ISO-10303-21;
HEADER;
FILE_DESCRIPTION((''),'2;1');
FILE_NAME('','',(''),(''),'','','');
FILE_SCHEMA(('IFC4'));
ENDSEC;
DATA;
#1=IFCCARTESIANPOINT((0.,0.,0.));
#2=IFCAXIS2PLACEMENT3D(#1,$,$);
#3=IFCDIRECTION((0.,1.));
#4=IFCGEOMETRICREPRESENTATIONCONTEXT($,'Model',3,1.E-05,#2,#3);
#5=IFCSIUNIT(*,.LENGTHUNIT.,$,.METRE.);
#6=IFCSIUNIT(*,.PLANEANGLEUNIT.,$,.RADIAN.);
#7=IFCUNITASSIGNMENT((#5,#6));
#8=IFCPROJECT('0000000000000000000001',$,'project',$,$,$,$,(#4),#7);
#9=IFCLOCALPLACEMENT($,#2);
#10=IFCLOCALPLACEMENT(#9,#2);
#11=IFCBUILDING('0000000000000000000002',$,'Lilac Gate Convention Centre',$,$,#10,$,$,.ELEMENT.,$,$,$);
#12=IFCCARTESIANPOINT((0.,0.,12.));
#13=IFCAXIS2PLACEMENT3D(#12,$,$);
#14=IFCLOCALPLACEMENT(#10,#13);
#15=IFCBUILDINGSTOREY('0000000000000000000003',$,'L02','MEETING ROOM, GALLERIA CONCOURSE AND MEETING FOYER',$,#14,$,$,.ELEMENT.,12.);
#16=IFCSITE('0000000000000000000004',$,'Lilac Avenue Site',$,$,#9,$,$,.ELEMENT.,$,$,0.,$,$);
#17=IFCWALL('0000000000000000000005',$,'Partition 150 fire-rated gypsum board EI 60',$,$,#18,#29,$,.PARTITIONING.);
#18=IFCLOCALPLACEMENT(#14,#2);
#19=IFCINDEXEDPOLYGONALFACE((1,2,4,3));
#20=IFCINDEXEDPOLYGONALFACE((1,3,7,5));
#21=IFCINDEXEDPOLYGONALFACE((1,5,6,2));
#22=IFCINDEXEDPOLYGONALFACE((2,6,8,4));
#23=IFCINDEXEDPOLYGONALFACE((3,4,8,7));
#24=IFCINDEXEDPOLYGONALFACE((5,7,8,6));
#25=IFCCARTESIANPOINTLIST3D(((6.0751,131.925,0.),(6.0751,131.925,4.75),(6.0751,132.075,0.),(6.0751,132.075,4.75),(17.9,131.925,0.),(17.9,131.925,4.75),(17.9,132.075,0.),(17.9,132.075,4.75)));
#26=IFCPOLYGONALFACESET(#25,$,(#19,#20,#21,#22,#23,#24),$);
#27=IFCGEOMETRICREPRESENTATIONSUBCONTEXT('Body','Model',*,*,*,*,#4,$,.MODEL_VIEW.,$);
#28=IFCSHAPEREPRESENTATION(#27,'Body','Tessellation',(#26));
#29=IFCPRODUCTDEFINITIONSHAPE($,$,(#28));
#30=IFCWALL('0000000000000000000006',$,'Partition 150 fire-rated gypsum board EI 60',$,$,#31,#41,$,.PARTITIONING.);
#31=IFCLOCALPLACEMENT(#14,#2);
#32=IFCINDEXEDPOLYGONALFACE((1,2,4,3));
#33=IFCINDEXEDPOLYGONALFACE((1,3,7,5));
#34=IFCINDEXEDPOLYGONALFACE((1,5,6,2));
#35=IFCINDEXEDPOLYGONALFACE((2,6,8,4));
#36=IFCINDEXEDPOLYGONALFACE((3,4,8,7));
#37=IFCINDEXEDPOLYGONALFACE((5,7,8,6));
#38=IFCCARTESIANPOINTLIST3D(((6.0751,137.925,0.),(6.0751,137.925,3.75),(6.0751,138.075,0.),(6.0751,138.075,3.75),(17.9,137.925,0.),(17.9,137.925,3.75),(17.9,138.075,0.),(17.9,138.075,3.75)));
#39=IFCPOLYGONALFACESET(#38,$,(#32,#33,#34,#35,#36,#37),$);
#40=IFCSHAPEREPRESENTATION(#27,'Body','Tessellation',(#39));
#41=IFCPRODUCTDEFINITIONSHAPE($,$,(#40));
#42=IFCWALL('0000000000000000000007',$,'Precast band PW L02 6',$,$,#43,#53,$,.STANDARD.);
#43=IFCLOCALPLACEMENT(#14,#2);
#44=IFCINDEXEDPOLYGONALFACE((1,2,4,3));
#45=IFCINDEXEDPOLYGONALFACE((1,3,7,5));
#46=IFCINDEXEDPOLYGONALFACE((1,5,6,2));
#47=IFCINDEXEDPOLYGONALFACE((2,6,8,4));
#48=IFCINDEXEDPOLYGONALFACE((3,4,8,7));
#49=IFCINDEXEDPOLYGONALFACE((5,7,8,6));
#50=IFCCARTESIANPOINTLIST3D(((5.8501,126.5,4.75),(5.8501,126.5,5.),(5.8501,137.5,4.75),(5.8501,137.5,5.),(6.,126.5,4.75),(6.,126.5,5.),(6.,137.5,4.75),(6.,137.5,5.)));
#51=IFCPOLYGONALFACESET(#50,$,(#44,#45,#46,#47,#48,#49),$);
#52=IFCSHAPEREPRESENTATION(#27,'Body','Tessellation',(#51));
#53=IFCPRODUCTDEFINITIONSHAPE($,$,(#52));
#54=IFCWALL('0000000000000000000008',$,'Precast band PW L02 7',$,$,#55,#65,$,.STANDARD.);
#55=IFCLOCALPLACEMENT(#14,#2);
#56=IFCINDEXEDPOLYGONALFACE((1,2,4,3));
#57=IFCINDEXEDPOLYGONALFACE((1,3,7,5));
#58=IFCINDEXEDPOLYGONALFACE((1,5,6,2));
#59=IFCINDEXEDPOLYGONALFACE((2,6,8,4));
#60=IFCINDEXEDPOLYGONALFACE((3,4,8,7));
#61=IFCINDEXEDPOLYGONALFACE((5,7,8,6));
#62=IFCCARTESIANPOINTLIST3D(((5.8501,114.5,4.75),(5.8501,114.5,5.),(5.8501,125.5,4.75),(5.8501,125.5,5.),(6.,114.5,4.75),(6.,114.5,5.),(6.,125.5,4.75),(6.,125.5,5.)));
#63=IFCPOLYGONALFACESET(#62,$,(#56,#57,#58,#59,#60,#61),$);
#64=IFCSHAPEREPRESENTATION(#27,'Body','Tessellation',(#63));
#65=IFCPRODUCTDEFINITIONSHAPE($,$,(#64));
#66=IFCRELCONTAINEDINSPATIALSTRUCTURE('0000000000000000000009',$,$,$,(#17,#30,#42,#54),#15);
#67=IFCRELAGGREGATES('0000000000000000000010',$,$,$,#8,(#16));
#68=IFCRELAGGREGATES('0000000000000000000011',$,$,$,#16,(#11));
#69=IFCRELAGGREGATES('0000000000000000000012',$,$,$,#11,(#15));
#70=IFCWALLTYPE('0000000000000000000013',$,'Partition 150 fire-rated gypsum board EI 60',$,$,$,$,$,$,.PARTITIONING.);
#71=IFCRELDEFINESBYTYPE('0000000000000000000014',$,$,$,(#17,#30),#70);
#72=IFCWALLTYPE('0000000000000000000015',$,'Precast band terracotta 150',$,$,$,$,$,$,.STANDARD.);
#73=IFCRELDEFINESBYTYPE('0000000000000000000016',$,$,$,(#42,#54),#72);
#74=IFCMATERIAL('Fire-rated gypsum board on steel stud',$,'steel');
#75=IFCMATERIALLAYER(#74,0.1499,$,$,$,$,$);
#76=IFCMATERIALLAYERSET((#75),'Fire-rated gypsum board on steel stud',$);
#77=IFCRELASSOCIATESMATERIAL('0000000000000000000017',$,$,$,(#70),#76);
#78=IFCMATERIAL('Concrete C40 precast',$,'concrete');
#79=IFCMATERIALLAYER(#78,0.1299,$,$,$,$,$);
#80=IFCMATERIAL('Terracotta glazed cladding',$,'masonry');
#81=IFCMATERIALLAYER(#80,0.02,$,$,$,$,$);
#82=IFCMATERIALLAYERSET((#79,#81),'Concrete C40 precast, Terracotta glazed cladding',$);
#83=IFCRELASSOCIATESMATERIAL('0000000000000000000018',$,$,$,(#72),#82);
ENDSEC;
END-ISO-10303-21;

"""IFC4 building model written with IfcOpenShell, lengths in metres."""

from ifc_helpers import new_model, si_unit, direction, frame, frame_2d, origin, place, context, subcontext, project, spatial, rectangle, extrude, material, layer, layer_set, type_object, element, save


model = new_model("IFC4")

# Units and contexts
model_context = context("Model", 3, precision=1e-05, world=origin(), true_north=direction((0.0, 1.0)))
body_context = subcontext(model_context, "Body", "Model", "MODEL_VIEW")
ifc_project = project(units=[si_unit("LENGTHUNIT", "METRE"), si_unit("PLANEANGLEUNIT", "RADIAN")], contexts=[model_context])

# Site, building, storey
site_placement = place(None, origin())
site = spatial("IfcSite", under=ifc_project, at=site_placement, Name="Lilac Avenue Site", CompositionType="ELEMENT", RefElevation=0.0)
building_placement = place(site_placement, origin())
building = spatial("IfcBuilding", under=site, at=building_placement, Name="Lilac Gate Convention Centre", CompositionType="ELEMENT")
storey_placement = place(building_placement, frame((0.0, 0.0, 12.0)))
storey = spatial("IfcBuildingStorey", under=building, at=storey_placement, Name="L02", Description="MEETING ROOM, GALLERIA CONCOURSE AND MEETING FOYER", CompositionType="ELEMENT", Elevation=12.0)

# Walls
ifc_material_1 = material(Name="Fire-rated gypsum board on steel stud", Category="steel")
ifc_layer_1 = layer(ifc_material_1, 0.1499)
ifc_layer_set_1 = layer_set([ifc_layer_1], Name="Fire-rated gypsum board on steel stud")
wall_type_1 = type_object("IfcWallType", Name="Partition 150 fire-rated gypsum board EI 60", PredefinedType="PARTITIONING", material=ifc_layer_set_1)
wall_1_placement = place(storey_placement, frame((6.075, 132.0, 0.0), z_axis=(0.0, 0.0, 1.0), x_axis=(1.0, 0.0, 0.0)))
element("IfcWall", 1, at=wall_1_placement, inside=storey, type_object=wall_type_1, Name="Partition 150 fire-rated gypsum board EI 60", PredefinedType="PARTITIONING", context=body_context, shape_type="SweptSolid", body=[
    extrude(rectangle(XDim=11.825, YDim=0.1499, at=frame_2d((5.9126, 0.0))), origin(), (0.0, 0.0, 1.0), 4.75),
])
wall_2_placement = place(storey_placement, frame((6.075, 138.0, 0.0), z_axis=(0.0, 0.0, 1.0), x_axis=(1.0, 0.0, 0.0)))
element("IfcWall", 2, at=wall_2_placement, inside=storey, type_object=wall_type_1, Name="Partition 150 fire-rated gypsum board EI 60", PredefinedType="PARTITIONING", context=body_context, shape_type="SweptSolid", body=[
    extrude(rectangle(XDim=11.825, YDim=0.1499, at=frame_2d((5.9126, 0.0))), origin(), (0.0, 0.0, 1.0), 3.75),
])
ifc_material_2 = material(Name="Concrete C40 precast", Category="concrete")
ifc_layer_2 = layer(ifc_material_2, 0.1299)
ifc_material_3 = material(Name="Terracotta glazed cladding", Category="masonry")
ifc_layer_3 = layer(ifc_material_3, 0.02)
ifc_layer_set_2 = layer_set([ifc_layer_2, ifc_layer_3], Name="Concrete C40 precast, Terracotta glazed cladding")
wall_type_2 = type_object("IfcWallType", Name="Precast band terracotta 150", PredefinedType="STANDARD", material=ifc_layer_set_2)
for number, where, z_axis, x_axis, name in (
    (3, (5.925, 137.5, 4.75), (0.0, 0.0, 1.0), (0.0, -1.0, 0.0), "Precast band PW L02 6"),
    (4, (5.925, 125.5, 4.75), (0.0, 0.0, 1.0), (0.0, -1.0, 0.0), "Precast band PW L02 7"),
):
    element("IfcWall", number, at=place(storey_placement, frame(where, z_axis=z_axis, x_axis=x_axis)), inside=storey, type_object=wall_type_2, Name=name, PredefinedType="STANDARD", context=body_context, shape_type="SweptSolid", body=[
        extrude(rectangle(XDim=11.0, YDim=0.1499, at=frame_2d((5.5, 0.0))), origin(), (0.0, 0.0, 1.0), 0.25),
    ])

save(model, "model.ifc")
